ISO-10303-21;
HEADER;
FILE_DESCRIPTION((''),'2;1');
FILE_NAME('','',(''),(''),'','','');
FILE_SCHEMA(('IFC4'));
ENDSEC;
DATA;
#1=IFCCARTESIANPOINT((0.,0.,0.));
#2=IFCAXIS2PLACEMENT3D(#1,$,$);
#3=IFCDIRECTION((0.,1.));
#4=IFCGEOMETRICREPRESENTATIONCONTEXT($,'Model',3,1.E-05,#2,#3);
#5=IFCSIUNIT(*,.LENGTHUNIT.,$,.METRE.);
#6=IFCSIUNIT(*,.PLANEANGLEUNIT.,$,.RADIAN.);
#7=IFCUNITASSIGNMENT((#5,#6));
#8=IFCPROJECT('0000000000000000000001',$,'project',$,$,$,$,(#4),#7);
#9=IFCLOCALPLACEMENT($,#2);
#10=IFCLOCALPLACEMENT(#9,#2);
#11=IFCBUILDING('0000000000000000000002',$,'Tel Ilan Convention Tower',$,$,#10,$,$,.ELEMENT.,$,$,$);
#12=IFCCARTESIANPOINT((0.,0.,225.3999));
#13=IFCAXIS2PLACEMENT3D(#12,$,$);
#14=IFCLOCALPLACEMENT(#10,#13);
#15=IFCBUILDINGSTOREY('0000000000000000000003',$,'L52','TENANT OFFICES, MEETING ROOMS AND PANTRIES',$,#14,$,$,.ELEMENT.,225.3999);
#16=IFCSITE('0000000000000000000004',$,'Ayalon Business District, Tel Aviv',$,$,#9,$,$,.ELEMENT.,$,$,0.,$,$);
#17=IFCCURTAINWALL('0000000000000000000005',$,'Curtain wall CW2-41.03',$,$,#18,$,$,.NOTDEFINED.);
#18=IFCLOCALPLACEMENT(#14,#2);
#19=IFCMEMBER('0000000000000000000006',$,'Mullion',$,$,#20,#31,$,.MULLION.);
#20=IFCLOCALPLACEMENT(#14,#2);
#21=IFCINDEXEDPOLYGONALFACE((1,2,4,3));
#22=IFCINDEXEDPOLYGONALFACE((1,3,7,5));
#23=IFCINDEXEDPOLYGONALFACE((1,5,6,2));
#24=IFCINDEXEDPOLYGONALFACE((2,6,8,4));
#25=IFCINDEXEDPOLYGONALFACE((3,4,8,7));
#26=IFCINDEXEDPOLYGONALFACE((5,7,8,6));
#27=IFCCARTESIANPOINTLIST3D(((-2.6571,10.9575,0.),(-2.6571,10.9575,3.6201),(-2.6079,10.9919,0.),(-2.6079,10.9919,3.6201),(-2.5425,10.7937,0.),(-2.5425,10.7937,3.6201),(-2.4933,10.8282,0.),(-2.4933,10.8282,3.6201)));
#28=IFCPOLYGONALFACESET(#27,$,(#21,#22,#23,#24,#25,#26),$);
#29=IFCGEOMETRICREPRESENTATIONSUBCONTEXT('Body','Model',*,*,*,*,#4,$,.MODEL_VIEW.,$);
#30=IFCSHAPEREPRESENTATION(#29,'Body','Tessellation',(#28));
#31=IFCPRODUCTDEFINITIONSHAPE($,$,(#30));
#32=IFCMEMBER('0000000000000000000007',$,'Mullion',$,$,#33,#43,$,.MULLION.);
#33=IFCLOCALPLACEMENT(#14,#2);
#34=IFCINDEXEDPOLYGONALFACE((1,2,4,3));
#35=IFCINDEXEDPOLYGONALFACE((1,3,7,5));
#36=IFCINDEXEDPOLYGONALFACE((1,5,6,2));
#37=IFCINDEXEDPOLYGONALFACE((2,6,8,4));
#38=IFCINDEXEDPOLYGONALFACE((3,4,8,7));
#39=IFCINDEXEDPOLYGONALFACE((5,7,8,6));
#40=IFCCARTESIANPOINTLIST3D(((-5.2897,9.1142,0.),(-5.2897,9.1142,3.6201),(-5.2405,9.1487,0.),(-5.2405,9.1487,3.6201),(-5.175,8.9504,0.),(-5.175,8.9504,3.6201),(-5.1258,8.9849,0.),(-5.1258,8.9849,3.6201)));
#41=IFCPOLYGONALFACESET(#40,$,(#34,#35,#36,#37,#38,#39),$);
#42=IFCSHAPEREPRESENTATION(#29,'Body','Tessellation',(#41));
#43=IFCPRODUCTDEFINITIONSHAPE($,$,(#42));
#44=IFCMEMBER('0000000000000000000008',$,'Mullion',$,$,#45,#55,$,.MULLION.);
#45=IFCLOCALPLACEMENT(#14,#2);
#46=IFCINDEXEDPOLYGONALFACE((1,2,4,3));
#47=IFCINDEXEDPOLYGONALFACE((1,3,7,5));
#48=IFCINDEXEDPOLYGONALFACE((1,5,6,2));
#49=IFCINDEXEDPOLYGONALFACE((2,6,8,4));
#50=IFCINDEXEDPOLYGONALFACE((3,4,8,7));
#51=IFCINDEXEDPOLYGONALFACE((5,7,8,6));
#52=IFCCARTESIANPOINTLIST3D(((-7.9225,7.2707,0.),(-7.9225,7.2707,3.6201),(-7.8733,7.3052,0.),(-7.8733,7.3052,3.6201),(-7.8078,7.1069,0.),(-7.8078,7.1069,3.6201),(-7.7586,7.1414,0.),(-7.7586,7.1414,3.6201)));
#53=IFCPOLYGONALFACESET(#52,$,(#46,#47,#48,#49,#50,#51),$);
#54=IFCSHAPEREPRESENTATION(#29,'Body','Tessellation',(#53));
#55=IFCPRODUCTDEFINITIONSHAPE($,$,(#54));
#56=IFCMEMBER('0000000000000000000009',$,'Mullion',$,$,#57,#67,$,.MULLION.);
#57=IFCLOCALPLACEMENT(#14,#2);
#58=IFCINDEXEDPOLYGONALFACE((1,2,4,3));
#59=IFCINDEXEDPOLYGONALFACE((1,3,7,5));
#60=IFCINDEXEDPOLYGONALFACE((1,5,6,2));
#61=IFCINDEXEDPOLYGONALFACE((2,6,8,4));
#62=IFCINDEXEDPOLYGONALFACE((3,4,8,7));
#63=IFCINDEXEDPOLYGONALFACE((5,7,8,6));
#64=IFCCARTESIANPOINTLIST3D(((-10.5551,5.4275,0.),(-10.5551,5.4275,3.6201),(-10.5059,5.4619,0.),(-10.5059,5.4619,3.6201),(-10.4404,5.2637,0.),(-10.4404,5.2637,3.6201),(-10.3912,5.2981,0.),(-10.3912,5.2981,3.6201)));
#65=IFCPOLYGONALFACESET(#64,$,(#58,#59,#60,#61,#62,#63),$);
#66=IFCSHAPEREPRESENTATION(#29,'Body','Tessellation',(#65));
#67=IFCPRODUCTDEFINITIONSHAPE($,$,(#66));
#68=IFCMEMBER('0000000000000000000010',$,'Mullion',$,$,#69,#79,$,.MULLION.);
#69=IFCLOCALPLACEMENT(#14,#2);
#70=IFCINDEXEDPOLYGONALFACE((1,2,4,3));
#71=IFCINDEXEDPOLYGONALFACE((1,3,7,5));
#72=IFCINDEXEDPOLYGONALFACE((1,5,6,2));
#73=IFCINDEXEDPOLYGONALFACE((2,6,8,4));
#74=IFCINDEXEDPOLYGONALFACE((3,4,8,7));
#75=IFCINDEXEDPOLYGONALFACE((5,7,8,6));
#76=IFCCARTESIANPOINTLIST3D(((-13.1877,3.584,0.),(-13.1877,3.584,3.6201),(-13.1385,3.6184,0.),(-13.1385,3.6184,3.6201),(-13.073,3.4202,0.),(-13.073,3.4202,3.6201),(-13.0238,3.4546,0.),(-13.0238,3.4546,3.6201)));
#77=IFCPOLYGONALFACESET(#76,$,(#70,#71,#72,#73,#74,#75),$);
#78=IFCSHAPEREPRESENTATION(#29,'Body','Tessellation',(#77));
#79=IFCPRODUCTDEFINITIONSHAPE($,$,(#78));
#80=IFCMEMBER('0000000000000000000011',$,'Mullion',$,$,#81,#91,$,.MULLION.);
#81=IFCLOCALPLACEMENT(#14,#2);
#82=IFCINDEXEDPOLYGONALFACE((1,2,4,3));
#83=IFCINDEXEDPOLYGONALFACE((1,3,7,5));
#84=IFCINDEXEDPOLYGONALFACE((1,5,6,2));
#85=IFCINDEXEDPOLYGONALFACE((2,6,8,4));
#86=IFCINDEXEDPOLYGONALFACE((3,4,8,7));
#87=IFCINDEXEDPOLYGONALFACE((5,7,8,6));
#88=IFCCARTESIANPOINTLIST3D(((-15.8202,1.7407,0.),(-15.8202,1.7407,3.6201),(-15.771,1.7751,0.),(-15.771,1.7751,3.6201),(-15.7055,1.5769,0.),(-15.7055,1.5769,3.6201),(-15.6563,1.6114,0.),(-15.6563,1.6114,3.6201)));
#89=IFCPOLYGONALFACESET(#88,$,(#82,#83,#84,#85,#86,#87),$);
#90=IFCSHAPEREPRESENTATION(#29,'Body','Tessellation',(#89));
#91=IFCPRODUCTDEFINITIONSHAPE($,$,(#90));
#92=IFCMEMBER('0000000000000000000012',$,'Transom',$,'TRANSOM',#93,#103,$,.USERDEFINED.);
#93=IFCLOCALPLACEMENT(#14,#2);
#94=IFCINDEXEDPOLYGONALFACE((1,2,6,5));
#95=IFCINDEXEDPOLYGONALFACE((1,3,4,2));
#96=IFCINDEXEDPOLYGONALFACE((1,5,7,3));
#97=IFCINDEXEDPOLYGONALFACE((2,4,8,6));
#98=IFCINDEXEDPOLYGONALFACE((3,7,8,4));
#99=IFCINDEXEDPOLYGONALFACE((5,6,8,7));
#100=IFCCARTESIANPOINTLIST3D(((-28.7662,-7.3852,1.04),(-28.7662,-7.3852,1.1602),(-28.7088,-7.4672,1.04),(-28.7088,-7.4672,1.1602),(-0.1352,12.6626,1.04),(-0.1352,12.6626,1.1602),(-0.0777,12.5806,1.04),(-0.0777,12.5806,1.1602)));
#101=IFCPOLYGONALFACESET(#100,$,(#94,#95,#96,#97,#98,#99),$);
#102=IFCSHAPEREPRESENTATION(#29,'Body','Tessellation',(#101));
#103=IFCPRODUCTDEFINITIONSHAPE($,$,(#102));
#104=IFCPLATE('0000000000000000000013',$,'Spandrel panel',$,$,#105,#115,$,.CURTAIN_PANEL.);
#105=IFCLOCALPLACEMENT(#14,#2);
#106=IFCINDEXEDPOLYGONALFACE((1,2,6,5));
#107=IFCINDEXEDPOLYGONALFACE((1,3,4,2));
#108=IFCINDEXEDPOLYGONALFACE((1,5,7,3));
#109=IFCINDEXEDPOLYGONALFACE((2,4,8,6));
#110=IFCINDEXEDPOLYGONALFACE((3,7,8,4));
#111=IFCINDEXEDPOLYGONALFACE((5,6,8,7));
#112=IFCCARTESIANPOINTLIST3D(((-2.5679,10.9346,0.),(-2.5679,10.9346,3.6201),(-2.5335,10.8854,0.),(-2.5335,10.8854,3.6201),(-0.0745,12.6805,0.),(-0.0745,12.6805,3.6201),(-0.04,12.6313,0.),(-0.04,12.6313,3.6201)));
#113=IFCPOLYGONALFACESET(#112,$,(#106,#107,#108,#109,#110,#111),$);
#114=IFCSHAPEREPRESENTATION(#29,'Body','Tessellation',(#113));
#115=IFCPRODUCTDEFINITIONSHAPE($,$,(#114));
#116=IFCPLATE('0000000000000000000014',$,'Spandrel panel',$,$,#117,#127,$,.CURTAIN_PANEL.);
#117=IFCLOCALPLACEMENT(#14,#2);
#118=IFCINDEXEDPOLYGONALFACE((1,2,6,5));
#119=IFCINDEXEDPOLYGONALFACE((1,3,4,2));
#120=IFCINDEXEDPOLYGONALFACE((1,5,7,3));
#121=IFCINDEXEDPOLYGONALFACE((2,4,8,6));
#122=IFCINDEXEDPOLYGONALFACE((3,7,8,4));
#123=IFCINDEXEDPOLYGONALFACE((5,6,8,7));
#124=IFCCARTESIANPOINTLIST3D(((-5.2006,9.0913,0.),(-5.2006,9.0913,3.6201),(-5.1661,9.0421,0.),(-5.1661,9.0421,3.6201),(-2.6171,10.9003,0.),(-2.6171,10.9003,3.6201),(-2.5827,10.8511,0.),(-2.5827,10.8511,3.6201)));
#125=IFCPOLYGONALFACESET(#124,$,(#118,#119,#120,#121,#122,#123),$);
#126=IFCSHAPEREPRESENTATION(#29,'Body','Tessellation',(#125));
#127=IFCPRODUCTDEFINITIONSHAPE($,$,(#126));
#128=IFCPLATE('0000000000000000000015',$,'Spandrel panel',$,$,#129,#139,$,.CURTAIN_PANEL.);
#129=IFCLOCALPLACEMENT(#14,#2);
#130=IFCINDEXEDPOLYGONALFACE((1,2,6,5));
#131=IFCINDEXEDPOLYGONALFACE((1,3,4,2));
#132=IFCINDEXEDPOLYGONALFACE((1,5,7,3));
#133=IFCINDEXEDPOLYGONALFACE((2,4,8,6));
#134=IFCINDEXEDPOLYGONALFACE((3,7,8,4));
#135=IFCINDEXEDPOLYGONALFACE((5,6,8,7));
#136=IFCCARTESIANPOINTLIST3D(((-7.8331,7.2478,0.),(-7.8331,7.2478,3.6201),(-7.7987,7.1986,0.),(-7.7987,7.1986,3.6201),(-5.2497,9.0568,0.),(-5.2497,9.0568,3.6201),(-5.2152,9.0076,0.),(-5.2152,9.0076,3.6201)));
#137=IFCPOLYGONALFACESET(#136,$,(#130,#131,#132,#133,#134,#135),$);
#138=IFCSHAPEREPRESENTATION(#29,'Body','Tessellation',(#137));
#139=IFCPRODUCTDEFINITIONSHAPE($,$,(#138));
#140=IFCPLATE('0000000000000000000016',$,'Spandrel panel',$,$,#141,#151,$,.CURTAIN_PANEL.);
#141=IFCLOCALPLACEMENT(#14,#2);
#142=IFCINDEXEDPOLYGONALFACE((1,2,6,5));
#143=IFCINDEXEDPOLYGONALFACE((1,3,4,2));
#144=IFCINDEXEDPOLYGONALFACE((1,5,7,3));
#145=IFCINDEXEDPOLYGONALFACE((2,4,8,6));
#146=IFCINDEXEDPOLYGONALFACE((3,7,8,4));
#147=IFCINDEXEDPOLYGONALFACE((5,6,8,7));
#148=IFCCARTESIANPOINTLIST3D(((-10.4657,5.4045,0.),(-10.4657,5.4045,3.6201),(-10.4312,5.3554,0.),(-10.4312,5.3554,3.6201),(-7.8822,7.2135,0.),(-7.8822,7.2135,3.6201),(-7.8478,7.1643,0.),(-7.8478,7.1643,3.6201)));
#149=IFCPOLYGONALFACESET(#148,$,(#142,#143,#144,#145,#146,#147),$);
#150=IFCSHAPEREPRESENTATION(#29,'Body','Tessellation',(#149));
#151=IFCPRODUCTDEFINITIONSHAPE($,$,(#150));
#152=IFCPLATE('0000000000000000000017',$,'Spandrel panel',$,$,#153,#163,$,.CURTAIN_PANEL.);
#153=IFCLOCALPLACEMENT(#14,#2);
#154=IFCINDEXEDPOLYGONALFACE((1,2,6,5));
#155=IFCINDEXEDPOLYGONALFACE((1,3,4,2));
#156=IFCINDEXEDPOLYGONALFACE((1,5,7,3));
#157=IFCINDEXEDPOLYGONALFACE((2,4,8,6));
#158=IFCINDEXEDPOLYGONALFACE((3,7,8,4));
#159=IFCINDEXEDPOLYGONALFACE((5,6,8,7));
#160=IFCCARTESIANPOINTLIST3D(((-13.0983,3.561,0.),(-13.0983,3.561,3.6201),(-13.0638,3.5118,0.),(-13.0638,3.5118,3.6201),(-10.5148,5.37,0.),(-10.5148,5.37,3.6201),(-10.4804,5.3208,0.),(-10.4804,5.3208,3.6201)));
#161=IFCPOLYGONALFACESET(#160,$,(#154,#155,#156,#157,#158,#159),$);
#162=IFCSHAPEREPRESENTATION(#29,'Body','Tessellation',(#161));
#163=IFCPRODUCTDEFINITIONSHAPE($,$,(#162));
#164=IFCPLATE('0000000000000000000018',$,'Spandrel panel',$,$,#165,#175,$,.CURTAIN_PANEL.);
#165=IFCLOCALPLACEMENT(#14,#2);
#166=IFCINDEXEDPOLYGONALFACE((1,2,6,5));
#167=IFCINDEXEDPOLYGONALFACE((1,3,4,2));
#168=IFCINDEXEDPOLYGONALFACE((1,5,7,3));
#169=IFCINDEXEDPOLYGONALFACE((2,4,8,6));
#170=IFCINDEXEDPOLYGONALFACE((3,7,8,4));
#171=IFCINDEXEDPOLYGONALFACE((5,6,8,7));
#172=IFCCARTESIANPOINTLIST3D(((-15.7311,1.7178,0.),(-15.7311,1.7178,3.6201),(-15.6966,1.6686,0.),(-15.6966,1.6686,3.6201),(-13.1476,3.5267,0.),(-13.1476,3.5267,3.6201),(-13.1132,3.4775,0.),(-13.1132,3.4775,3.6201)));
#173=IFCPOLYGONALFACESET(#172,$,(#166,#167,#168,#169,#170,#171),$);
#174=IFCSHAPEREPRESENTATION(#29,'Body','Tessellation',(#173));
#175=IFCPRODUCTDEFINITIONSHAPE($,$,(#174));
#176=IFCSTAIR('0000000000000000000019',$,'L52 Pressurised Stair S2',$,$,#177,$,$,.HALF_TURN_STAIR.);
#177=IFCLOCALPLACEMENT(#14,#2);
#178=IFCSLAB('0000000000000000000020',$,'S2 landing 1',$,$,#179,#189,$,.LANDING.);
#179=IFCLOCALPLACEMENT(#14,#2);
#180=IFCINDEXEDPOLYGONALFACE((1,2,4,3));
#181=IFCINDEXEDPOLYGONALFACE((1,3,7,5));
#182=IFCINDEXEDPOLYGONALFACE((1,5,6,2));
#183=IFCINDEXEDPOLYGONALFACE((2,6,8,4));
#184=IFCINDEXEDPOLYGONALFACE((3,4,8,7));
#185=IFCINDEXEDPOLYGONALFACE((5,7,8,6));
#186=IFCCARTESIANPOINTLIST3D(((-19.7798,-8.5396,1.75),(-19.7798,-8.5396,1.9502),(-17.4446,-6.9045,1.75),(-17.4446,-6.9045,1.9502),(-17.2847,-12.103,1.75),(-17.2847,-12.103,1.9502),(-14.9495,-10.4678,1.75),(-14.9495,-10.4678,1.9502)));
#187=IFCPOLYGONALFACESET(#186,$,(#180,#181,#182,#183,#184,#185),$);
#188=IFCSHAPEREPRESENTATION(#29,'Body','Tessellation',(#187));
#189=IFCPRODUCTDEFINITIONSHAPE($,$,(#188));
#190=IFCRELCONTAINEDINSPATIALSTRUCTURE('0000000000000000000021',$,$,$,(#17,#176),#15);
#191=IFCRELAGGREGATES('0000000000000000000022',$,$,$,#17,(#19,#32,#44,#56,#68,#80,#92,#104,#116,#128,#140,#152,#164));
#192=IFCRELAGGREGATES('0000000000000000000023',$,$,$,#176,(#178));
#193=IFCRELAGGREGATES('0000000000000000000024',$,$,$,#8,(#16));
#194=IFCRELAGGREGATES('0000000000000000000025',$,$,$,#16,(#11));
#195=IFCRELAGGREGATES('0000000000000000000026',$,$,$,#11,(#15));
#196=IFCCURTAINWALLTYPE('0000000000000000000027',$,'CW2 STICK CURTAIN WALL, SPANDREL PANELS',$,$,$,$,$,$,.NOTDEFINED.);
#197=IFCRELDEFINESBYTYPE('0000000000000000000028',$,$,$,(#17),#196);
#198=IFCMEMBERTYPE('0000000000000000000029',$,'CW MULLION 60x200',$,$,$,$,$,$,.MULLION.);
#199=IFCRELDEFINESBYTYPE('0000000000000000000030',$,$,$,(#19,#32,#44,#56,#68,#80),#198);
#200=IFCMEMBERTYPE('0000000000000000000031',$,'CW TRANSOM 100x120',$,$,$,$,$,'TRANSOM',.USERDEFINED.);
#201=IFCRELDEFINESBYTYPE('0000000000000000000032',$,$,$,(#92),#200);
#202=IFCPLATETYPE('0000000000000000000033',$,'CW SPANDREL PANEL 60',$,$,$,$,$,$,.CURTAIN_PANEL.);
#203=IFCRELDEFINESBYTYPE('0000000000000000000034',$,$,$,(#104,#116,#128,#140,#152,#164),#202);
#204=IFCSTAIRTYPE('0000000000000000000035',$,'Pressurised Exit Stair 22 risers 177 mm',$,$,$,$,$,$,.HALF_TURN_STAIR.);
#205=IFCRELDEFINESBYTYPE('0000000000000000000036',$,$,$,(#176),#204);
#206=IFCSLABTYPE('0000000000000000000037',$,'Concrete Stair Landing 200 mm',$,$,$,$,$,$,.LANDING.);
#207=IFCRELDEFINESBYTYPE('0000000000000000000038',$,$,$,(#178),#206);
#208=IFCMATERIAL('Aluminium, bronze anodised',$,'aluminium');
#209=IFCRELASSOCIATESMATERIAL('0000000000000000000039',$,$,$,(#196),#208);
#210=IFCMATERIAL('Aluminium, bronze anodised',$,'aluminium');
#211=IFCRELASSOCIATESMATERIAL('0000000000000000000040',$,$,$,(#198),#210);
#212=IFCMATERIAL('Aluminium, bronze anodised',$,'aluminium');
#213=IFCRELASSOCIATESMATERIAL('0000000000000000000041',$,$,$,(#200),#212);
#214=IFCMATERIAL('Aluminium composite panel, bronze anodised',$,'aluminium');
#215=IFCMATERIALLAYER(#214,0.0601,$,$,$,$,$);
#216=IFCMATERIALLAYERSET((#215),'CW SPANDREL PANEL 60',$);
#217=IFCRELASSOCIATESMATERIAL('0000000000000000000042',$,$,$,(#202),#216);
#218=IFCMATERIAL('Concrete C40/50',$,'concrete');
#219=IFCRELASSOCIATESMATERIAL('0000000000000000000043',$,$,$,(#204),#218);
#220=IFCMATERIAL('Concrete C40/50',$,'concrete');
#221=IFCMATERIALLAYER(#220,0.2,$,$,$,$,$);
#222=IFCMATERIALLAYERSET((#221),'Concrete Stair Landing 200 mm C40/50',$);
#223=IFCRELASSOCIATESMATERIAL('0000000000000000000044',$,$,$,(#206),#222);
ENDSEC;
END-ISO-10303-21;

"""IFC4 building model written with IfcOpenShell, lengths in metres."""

from ifc_helpers import new_model, si_unit, direction, frame, origin, origin_2d, place, context, subcontext, project, spatial, polyline, rectangle, outline, extrude, material, layer, layer_set, material_profile, profile_set, type_object, element, aggregate, save


model = new_model("IFC4")

# Units and contexts
model_context = context("Model", 3, precision=1e-05, world=origin(), true_north=direction((0.0, 1.0)))
body_context = subcontext(model_context, "Body", "Model", "MODEL_VIEW")
ifc_project = project(units=[si_unit("LENGTHUNIT", "METRE"), si_unit("PLANEANGLEUNIT", "RADIAN")], contexts=[model_context])

# Site, building, storey
site_placement = place(None, origin())
site = spatial("IfcSite", under=ifc_project, at=site_placement, Name="Ayalon Business District, Tel Aviv", CompositionType="ELEMENT", RefElevation=0.0)
building_placement = place(site_placement, origin())
building = spatial("IfcBuilding", under=site, at=building_placement, Name="Tel Ilan Convention Tower", CompositionType="ELEMENT")
storey_placement = place(building_placement, frame((0.0, 0.0, 225.3999)))
storey = spatial("IfcBuildingStorey", under=building, at=storey_placement, Name="L52", Description="TENANT OFFICES, MEETING ROOMS AND PANTRIES", CompositionType="ELEMENT", Elevation=225.3999)

# Curtain wall, members, plates
ifc_material_1 = material(Name="Aluminium, bronze anodised", Category="aluminium")
curtain_wall_type = type_object("IfcCurtainWallType", Name="CW2 STICK CURTAIN WALL, SPANDREL PANELS", PredefinedType="NOTDEFINED", material=ifc_material_1)
curtain_wall_placement = place(storey_placement, origin())
curtain_wall = element("IfcCurtainWall", 1, at=curtain_wall_placement, inside=storey, type_object=curtain_wall_type, Name="Curtain wall CW2-41.03", PredefinedType="NOTDEFINED")
ifc_material_2 = material(Name="Aluminium, bronze anodised", Category="aluminium")
ifc_material_profile_1 = material_profile(ifc_material_2, rectangle(XDim=0.0601, YDim=0.2, at=origin_2d()), Name="CW MULLION 60x200")
ifc_profile_set_1 = profile_set([ifc_material_profile_1], Name="Aluminium, bronze anodised")
member_type_1 = type_object("IfcMemberType", Name="CW MULLION 60x200", PredefinedType="MULLION", material=ifc_profile_set_1)
member_1_placement = place(storey_placement, frame((-2.5752, 10.8928, 0.0), z_axis=(0.0, 0.0, 1.0), x_axis=(-0.819152, -0.573576, 0.0)))
member_1 = element("IfcMember", 2, at=member_1_placement, type_object=member_type_1, Name="Mullion", PredefinedType="MULLION", context=body_context, shape_type="SweptSolid", body=[
    extrude(rectangle(XDim=0.0601, YDim=0.2, at=origin_2d()), origin(), (0.0, 0.0, 1.0), 3.6201),
])
member_2_placement = place(storey_placement, frame((-5.2078, 9.0496, 0.0), z_axis=(0.0, 0.0, 1.0), x_axis=(-0.819152, -0.573576, 0.0)))
member_2 = element("IfcMember", 3, at=member_2_placement, type_object=member_type_1, Name="Mullion", PredefinedType="MULLION", context=body_context, shape_type="SweptSolid", body=[
    extrude(rectangle(XDim=0.0601, YDim=0.2, at=origin_2d()), origin(), (0.0, 0.0, 1.0), 3.6201),
])
member_3_placement = place(storey_placement, frame((-7.8406, 7.2061, 0.0), z_axis=(0.0, 0.0, 1.0), x_axis=(-0.819152, -0.573576, 0.0)))
member_3 = element("IfcMember", 4, at=member_3_placement, type_object=member_type_1, Name="Mullion", PredefinedType="MULLION", context=body_context, shape_type="SweptSolid", body=[
    extrude(rectangle(XDim=0.0601, YDim=0.2, at=origin_2d()), origin(), (0.0, 0.0, 1.0), 3.6201),
])
member_4_placement = place(storey_placement, frame((-10.4731, 5.3628, 0.0), z_axis=(0.0, 0.0, 1.0), x_axis=(-0.819152, -0.573576, 0.0)))
member_4 = element("IfcMember", 5, at=member_4_placement, type_object=member_type_1, Name="Mullion", PredefinedType="MULLION", context=body_context, shape_type="SweptSolid", body=[
    extrude(rectangle(XDim=0.0601, YDim=0.2, at=origin_2d()), origin(), (0.0, 0.0, 1.0), 3.6201),
])
member_5_placement = place(storey_placement, frame((-13.1057, 3.5193, 0.0), z_axis=(0.0, 0.0, 1.0), x_axis=(-0.819152, -0.573576, 0.0)))
member_5 = element("IfcMember", 6, at=member_5_placement, type_object=member_type_1, Name="Mullion", PredefinedType="MULLION", context=body_context, shape_type="SweptSolid", body=[
    extrude(rectangle(XDim=0.0601, YDim=0.2, at=origin_2d()), origin(), (0.0, 0.0, 1.0), 3.6201),
])
member_6_placement = place(storey_placement, frame((-15.7383, 1.676, 0.0), z_axis=(0.0, 0.0, 1.0), x_axis=(-0.819152, -0.573576, 0.0)))
member_6 = element("IfcMember", 7, at=member_6_placement, type_object=member_type_1, Name="Mullion", PredefinedType="MULLION", context=body_context, shape_type="SweptSolid", body=[
    extrude(rectangle(XDim=0.0601, YDim=0.2, at=origin_2d()), origin(), (0.0, 0.0, 1.0), 3.6201),
])
ifc_material_3 = material(Name="Aluminium, bronze anodised", Category="aluminium")
ifc_material_profile_2 = material_profile(ifc_material_3, rectangle(XDim=0.1001, YDim=0.1201, at=origin_2d()), Name="CW TRANSOM 100x120")
ifc_profile_set_2 = profile_set([ifc_material_profile_2], Name="Aluminium, bronze anodised")
member_type_2 = type_object("IfcMemberType", Name="CW TRANSOM 100x120", ElementType="TRANSOM", PredefinedType="USERDEFINED", material=ifc_profile_set_2)
member_7_placement = place(storey_placement, frame((-0.1064, 12.6216, 1.1001), z_axis=(-0.81915, -0.573579, 0.0), x_axis=(0.573579, -0.81915, 0.0)))
member_7 = element("IfcMember", 8, at=member_7_placement, type_object=member_type_2, Name="Transom", ObjectType="TRANSOM", PredefinedType="USERDEFINED", context=body_context, shape_type="SweptSolid", body=[
    extrude(rectangle(XDim=0.1001, YDim=0.1201, at=origin_2d()), origin(), (0.0, 0.0, 1.0), 34.9521),
])
ifc_material_4 = material(Name="Aluminium composite panel, bronze anodised", Category="aluminium")
ifc_layer_1 = layer(ifc_material_4, 0.0601)
ifc_layer_set_1 = layer_set([ifc_layer_1], Name="CW SPANDREL PANEL 60")
plate_type = type_object("IfcPlateType", Name="CW SPANDREL PANEL 60", PredefinedType="CURTAIN_PANEL", material=ifc_layer_set_1)
plate_1_placement = place(storey_placement, frame((-1.304, 11.783, 0.0), z_axis=(0.0, 0.0, 1.0), x_axis=(-0.819152, -0.573576, 0.0)))
plate_1 = element("IfcPlate", 9, at=plate_1_placement, type_object=plate_type, Name="Spandrel panel", PredefinedType="CURTAIN_PANEL", context=body_context, shape_type="SweptSolid", body=[
    extrude(rectangle(XDim=3.0439, YDim=0.0601, at=origin_2d()), origin(), (0.0, 0.0, 1.0), 3.6201),
])
plate_2_placement = place(storey_placement, frame((-3.8916, 9.9712, 0.0), z_axis=(0.0, 0.0, 1.0), x_axis=(-0.819152, -0.573576, 0.0)))
plate_2 = element("IfcPlate", 10, at=plate_2_placement, type_object=plate_type, Name="Spandrel panel", PredefinedType="CURTAIN_PANEL", context=body_context, shape_type="SweptSolid", body=[
    extrude(rectangle(XDim=3.1538, YDim=0.0601, at=origin_2d()), origin(), (0.0, 0.0, 1.0), 3.6201),
])
plate_3_placement = place(storey_placement, frame((-6.5242, 8.1277, 0.0), z_axis=(0.0, 0.0, 1.0), x_axis=(-0.819152, -0.573576, 0.0)))
plate_3 = element("IfcPlate", 11, at=plate_3_placement, type_object=plate_type, Name="Spandrel panel", PredefinedType="CURTAIN_PANEL", context=body_context, shape_type="SweptSolid", body=[
    extrude(rectangle(XDim=3.1538, YDim=0.0601, at=origin_2d()), origin(), (0.0, 0.0, 1.0), 3.6201),
])
plate_4_placement = place(storey_placement, frame((-9.1567, 6.2844, 0.0), z_axis=(0.0, 0.0, 1.0), x_axis=(-0.819152, -0.573576, 0.0)))
plate_4 = element("IfcPlate", 12, at=plate_4_placement, type_object=plate_type, Name="Spandrel panel", PredefinedType="CURTAIN_PANEL", context=body_context, shape_type="SweptSolid", body=[
    extrude(rectangle(XDim=3.1538, YDim=0.0601, at=origin_2d()), origin(), (0.0, 0.0, 1.0), 3.6201),
])
plate_5_placement = place(storey_placement, frame((-11.7893, 4.4409, 0.0), z_axis=(0.0, 0.0, 1.0), x_axis=(-0.819152, -0.573576, 0.0)))
plate_5 = element("IfcPlate", 13, at=plate_5_placement, type_object=plate_type, Name="Spandrel panel", PredefinedType="CURTAIN_PANEL", context=body_context, shape_type="SweptSolid", body=[
    extrude(rectangle(XDim=3.1538, YDim=0.0601, at=origin_2d()), origin(), (0.0, 0.0, 1.0), 3.6201),
])
plate_6_placement = place(storey_placement, frame((-14.4221, 2.5977, 0.0), z_axis=(0.0, 0.0, 1.0), x_axis=(-0.819152, -0.573576, 0.0)))
plate_6 = element("IfcPlate", 14, at=plate_6_placement, type_object=plate_type, Name="Spandrel panel", PredefinedType="CURTAIN_PANEL", context=body_context, shape_type="SweptSolid", body=[
    extrude(rectangle(XDim=3.1538, YDim=0.0601, at=origin_2d()), origin(), (0.0, 0.0, 1.0), 3.6201),
])
aggregate(curtain_wall, [member_1, member_2, member_3, member_4, member_5, member_6, member_7, plate_1, plate_2, plate_3, plate_4, plate_5, plate_6])

# Stair, slab
ifc_material_5 = material(Name="Concrete C40/50", Category="concrete")
stair_type = type_object("IfcStairType", Name="Pressurised Exit Stair 22 risers 177 mm", PredefinedType="HALF_TURN_STAIR", material=ifc_material_5)
stair_1_placement = place(storey_placement, origin())
stair_1 = element("IfcStair", 15, at=stair_1_placement, inside=storey, type_object=stair_type, Name="L52 Pressurised Stair S2", PredefinedType="HALF_TURN_STAIR")
ifc_material_6 = material(Name="Concrete C40/50", Category="concrete")
ifc_layer_2 = layer(ifc_material_6, 0.2)
ifc_layer_set_2 = layer_set([ifc_layer_2], Name="Concrete Stair Landing 200 mm C40/50")
slab_type = type_object("IfcSlabType", Name="Concrete Stair Landing 200 mm", PredefinedType="LANDING", material=ifc_layer_set_2)
slab_1_placement = place(storey_placement, frame((0.0, 0.0, 1.75)))
slab_1 = element("IfcSlab", 16, at=slab_1_placement, type_object=slab_type, Name="S2 landing 1", PredefinedType="LANDING", context=body_context, shape_type="SweptSolid", body=[
    extrude(outline(polyline([(-17.2847, -12.103), (-14.9495, -10.4678), (-17.4446, -6.9045), (-19.7798, -8.5396), (-17.2847, -12.103)])), origin(), (0.0, 0.0, 1.0), 0.2002),
])
aggregate(stair_1, [slab_1])

save(model, "model.ifc")
